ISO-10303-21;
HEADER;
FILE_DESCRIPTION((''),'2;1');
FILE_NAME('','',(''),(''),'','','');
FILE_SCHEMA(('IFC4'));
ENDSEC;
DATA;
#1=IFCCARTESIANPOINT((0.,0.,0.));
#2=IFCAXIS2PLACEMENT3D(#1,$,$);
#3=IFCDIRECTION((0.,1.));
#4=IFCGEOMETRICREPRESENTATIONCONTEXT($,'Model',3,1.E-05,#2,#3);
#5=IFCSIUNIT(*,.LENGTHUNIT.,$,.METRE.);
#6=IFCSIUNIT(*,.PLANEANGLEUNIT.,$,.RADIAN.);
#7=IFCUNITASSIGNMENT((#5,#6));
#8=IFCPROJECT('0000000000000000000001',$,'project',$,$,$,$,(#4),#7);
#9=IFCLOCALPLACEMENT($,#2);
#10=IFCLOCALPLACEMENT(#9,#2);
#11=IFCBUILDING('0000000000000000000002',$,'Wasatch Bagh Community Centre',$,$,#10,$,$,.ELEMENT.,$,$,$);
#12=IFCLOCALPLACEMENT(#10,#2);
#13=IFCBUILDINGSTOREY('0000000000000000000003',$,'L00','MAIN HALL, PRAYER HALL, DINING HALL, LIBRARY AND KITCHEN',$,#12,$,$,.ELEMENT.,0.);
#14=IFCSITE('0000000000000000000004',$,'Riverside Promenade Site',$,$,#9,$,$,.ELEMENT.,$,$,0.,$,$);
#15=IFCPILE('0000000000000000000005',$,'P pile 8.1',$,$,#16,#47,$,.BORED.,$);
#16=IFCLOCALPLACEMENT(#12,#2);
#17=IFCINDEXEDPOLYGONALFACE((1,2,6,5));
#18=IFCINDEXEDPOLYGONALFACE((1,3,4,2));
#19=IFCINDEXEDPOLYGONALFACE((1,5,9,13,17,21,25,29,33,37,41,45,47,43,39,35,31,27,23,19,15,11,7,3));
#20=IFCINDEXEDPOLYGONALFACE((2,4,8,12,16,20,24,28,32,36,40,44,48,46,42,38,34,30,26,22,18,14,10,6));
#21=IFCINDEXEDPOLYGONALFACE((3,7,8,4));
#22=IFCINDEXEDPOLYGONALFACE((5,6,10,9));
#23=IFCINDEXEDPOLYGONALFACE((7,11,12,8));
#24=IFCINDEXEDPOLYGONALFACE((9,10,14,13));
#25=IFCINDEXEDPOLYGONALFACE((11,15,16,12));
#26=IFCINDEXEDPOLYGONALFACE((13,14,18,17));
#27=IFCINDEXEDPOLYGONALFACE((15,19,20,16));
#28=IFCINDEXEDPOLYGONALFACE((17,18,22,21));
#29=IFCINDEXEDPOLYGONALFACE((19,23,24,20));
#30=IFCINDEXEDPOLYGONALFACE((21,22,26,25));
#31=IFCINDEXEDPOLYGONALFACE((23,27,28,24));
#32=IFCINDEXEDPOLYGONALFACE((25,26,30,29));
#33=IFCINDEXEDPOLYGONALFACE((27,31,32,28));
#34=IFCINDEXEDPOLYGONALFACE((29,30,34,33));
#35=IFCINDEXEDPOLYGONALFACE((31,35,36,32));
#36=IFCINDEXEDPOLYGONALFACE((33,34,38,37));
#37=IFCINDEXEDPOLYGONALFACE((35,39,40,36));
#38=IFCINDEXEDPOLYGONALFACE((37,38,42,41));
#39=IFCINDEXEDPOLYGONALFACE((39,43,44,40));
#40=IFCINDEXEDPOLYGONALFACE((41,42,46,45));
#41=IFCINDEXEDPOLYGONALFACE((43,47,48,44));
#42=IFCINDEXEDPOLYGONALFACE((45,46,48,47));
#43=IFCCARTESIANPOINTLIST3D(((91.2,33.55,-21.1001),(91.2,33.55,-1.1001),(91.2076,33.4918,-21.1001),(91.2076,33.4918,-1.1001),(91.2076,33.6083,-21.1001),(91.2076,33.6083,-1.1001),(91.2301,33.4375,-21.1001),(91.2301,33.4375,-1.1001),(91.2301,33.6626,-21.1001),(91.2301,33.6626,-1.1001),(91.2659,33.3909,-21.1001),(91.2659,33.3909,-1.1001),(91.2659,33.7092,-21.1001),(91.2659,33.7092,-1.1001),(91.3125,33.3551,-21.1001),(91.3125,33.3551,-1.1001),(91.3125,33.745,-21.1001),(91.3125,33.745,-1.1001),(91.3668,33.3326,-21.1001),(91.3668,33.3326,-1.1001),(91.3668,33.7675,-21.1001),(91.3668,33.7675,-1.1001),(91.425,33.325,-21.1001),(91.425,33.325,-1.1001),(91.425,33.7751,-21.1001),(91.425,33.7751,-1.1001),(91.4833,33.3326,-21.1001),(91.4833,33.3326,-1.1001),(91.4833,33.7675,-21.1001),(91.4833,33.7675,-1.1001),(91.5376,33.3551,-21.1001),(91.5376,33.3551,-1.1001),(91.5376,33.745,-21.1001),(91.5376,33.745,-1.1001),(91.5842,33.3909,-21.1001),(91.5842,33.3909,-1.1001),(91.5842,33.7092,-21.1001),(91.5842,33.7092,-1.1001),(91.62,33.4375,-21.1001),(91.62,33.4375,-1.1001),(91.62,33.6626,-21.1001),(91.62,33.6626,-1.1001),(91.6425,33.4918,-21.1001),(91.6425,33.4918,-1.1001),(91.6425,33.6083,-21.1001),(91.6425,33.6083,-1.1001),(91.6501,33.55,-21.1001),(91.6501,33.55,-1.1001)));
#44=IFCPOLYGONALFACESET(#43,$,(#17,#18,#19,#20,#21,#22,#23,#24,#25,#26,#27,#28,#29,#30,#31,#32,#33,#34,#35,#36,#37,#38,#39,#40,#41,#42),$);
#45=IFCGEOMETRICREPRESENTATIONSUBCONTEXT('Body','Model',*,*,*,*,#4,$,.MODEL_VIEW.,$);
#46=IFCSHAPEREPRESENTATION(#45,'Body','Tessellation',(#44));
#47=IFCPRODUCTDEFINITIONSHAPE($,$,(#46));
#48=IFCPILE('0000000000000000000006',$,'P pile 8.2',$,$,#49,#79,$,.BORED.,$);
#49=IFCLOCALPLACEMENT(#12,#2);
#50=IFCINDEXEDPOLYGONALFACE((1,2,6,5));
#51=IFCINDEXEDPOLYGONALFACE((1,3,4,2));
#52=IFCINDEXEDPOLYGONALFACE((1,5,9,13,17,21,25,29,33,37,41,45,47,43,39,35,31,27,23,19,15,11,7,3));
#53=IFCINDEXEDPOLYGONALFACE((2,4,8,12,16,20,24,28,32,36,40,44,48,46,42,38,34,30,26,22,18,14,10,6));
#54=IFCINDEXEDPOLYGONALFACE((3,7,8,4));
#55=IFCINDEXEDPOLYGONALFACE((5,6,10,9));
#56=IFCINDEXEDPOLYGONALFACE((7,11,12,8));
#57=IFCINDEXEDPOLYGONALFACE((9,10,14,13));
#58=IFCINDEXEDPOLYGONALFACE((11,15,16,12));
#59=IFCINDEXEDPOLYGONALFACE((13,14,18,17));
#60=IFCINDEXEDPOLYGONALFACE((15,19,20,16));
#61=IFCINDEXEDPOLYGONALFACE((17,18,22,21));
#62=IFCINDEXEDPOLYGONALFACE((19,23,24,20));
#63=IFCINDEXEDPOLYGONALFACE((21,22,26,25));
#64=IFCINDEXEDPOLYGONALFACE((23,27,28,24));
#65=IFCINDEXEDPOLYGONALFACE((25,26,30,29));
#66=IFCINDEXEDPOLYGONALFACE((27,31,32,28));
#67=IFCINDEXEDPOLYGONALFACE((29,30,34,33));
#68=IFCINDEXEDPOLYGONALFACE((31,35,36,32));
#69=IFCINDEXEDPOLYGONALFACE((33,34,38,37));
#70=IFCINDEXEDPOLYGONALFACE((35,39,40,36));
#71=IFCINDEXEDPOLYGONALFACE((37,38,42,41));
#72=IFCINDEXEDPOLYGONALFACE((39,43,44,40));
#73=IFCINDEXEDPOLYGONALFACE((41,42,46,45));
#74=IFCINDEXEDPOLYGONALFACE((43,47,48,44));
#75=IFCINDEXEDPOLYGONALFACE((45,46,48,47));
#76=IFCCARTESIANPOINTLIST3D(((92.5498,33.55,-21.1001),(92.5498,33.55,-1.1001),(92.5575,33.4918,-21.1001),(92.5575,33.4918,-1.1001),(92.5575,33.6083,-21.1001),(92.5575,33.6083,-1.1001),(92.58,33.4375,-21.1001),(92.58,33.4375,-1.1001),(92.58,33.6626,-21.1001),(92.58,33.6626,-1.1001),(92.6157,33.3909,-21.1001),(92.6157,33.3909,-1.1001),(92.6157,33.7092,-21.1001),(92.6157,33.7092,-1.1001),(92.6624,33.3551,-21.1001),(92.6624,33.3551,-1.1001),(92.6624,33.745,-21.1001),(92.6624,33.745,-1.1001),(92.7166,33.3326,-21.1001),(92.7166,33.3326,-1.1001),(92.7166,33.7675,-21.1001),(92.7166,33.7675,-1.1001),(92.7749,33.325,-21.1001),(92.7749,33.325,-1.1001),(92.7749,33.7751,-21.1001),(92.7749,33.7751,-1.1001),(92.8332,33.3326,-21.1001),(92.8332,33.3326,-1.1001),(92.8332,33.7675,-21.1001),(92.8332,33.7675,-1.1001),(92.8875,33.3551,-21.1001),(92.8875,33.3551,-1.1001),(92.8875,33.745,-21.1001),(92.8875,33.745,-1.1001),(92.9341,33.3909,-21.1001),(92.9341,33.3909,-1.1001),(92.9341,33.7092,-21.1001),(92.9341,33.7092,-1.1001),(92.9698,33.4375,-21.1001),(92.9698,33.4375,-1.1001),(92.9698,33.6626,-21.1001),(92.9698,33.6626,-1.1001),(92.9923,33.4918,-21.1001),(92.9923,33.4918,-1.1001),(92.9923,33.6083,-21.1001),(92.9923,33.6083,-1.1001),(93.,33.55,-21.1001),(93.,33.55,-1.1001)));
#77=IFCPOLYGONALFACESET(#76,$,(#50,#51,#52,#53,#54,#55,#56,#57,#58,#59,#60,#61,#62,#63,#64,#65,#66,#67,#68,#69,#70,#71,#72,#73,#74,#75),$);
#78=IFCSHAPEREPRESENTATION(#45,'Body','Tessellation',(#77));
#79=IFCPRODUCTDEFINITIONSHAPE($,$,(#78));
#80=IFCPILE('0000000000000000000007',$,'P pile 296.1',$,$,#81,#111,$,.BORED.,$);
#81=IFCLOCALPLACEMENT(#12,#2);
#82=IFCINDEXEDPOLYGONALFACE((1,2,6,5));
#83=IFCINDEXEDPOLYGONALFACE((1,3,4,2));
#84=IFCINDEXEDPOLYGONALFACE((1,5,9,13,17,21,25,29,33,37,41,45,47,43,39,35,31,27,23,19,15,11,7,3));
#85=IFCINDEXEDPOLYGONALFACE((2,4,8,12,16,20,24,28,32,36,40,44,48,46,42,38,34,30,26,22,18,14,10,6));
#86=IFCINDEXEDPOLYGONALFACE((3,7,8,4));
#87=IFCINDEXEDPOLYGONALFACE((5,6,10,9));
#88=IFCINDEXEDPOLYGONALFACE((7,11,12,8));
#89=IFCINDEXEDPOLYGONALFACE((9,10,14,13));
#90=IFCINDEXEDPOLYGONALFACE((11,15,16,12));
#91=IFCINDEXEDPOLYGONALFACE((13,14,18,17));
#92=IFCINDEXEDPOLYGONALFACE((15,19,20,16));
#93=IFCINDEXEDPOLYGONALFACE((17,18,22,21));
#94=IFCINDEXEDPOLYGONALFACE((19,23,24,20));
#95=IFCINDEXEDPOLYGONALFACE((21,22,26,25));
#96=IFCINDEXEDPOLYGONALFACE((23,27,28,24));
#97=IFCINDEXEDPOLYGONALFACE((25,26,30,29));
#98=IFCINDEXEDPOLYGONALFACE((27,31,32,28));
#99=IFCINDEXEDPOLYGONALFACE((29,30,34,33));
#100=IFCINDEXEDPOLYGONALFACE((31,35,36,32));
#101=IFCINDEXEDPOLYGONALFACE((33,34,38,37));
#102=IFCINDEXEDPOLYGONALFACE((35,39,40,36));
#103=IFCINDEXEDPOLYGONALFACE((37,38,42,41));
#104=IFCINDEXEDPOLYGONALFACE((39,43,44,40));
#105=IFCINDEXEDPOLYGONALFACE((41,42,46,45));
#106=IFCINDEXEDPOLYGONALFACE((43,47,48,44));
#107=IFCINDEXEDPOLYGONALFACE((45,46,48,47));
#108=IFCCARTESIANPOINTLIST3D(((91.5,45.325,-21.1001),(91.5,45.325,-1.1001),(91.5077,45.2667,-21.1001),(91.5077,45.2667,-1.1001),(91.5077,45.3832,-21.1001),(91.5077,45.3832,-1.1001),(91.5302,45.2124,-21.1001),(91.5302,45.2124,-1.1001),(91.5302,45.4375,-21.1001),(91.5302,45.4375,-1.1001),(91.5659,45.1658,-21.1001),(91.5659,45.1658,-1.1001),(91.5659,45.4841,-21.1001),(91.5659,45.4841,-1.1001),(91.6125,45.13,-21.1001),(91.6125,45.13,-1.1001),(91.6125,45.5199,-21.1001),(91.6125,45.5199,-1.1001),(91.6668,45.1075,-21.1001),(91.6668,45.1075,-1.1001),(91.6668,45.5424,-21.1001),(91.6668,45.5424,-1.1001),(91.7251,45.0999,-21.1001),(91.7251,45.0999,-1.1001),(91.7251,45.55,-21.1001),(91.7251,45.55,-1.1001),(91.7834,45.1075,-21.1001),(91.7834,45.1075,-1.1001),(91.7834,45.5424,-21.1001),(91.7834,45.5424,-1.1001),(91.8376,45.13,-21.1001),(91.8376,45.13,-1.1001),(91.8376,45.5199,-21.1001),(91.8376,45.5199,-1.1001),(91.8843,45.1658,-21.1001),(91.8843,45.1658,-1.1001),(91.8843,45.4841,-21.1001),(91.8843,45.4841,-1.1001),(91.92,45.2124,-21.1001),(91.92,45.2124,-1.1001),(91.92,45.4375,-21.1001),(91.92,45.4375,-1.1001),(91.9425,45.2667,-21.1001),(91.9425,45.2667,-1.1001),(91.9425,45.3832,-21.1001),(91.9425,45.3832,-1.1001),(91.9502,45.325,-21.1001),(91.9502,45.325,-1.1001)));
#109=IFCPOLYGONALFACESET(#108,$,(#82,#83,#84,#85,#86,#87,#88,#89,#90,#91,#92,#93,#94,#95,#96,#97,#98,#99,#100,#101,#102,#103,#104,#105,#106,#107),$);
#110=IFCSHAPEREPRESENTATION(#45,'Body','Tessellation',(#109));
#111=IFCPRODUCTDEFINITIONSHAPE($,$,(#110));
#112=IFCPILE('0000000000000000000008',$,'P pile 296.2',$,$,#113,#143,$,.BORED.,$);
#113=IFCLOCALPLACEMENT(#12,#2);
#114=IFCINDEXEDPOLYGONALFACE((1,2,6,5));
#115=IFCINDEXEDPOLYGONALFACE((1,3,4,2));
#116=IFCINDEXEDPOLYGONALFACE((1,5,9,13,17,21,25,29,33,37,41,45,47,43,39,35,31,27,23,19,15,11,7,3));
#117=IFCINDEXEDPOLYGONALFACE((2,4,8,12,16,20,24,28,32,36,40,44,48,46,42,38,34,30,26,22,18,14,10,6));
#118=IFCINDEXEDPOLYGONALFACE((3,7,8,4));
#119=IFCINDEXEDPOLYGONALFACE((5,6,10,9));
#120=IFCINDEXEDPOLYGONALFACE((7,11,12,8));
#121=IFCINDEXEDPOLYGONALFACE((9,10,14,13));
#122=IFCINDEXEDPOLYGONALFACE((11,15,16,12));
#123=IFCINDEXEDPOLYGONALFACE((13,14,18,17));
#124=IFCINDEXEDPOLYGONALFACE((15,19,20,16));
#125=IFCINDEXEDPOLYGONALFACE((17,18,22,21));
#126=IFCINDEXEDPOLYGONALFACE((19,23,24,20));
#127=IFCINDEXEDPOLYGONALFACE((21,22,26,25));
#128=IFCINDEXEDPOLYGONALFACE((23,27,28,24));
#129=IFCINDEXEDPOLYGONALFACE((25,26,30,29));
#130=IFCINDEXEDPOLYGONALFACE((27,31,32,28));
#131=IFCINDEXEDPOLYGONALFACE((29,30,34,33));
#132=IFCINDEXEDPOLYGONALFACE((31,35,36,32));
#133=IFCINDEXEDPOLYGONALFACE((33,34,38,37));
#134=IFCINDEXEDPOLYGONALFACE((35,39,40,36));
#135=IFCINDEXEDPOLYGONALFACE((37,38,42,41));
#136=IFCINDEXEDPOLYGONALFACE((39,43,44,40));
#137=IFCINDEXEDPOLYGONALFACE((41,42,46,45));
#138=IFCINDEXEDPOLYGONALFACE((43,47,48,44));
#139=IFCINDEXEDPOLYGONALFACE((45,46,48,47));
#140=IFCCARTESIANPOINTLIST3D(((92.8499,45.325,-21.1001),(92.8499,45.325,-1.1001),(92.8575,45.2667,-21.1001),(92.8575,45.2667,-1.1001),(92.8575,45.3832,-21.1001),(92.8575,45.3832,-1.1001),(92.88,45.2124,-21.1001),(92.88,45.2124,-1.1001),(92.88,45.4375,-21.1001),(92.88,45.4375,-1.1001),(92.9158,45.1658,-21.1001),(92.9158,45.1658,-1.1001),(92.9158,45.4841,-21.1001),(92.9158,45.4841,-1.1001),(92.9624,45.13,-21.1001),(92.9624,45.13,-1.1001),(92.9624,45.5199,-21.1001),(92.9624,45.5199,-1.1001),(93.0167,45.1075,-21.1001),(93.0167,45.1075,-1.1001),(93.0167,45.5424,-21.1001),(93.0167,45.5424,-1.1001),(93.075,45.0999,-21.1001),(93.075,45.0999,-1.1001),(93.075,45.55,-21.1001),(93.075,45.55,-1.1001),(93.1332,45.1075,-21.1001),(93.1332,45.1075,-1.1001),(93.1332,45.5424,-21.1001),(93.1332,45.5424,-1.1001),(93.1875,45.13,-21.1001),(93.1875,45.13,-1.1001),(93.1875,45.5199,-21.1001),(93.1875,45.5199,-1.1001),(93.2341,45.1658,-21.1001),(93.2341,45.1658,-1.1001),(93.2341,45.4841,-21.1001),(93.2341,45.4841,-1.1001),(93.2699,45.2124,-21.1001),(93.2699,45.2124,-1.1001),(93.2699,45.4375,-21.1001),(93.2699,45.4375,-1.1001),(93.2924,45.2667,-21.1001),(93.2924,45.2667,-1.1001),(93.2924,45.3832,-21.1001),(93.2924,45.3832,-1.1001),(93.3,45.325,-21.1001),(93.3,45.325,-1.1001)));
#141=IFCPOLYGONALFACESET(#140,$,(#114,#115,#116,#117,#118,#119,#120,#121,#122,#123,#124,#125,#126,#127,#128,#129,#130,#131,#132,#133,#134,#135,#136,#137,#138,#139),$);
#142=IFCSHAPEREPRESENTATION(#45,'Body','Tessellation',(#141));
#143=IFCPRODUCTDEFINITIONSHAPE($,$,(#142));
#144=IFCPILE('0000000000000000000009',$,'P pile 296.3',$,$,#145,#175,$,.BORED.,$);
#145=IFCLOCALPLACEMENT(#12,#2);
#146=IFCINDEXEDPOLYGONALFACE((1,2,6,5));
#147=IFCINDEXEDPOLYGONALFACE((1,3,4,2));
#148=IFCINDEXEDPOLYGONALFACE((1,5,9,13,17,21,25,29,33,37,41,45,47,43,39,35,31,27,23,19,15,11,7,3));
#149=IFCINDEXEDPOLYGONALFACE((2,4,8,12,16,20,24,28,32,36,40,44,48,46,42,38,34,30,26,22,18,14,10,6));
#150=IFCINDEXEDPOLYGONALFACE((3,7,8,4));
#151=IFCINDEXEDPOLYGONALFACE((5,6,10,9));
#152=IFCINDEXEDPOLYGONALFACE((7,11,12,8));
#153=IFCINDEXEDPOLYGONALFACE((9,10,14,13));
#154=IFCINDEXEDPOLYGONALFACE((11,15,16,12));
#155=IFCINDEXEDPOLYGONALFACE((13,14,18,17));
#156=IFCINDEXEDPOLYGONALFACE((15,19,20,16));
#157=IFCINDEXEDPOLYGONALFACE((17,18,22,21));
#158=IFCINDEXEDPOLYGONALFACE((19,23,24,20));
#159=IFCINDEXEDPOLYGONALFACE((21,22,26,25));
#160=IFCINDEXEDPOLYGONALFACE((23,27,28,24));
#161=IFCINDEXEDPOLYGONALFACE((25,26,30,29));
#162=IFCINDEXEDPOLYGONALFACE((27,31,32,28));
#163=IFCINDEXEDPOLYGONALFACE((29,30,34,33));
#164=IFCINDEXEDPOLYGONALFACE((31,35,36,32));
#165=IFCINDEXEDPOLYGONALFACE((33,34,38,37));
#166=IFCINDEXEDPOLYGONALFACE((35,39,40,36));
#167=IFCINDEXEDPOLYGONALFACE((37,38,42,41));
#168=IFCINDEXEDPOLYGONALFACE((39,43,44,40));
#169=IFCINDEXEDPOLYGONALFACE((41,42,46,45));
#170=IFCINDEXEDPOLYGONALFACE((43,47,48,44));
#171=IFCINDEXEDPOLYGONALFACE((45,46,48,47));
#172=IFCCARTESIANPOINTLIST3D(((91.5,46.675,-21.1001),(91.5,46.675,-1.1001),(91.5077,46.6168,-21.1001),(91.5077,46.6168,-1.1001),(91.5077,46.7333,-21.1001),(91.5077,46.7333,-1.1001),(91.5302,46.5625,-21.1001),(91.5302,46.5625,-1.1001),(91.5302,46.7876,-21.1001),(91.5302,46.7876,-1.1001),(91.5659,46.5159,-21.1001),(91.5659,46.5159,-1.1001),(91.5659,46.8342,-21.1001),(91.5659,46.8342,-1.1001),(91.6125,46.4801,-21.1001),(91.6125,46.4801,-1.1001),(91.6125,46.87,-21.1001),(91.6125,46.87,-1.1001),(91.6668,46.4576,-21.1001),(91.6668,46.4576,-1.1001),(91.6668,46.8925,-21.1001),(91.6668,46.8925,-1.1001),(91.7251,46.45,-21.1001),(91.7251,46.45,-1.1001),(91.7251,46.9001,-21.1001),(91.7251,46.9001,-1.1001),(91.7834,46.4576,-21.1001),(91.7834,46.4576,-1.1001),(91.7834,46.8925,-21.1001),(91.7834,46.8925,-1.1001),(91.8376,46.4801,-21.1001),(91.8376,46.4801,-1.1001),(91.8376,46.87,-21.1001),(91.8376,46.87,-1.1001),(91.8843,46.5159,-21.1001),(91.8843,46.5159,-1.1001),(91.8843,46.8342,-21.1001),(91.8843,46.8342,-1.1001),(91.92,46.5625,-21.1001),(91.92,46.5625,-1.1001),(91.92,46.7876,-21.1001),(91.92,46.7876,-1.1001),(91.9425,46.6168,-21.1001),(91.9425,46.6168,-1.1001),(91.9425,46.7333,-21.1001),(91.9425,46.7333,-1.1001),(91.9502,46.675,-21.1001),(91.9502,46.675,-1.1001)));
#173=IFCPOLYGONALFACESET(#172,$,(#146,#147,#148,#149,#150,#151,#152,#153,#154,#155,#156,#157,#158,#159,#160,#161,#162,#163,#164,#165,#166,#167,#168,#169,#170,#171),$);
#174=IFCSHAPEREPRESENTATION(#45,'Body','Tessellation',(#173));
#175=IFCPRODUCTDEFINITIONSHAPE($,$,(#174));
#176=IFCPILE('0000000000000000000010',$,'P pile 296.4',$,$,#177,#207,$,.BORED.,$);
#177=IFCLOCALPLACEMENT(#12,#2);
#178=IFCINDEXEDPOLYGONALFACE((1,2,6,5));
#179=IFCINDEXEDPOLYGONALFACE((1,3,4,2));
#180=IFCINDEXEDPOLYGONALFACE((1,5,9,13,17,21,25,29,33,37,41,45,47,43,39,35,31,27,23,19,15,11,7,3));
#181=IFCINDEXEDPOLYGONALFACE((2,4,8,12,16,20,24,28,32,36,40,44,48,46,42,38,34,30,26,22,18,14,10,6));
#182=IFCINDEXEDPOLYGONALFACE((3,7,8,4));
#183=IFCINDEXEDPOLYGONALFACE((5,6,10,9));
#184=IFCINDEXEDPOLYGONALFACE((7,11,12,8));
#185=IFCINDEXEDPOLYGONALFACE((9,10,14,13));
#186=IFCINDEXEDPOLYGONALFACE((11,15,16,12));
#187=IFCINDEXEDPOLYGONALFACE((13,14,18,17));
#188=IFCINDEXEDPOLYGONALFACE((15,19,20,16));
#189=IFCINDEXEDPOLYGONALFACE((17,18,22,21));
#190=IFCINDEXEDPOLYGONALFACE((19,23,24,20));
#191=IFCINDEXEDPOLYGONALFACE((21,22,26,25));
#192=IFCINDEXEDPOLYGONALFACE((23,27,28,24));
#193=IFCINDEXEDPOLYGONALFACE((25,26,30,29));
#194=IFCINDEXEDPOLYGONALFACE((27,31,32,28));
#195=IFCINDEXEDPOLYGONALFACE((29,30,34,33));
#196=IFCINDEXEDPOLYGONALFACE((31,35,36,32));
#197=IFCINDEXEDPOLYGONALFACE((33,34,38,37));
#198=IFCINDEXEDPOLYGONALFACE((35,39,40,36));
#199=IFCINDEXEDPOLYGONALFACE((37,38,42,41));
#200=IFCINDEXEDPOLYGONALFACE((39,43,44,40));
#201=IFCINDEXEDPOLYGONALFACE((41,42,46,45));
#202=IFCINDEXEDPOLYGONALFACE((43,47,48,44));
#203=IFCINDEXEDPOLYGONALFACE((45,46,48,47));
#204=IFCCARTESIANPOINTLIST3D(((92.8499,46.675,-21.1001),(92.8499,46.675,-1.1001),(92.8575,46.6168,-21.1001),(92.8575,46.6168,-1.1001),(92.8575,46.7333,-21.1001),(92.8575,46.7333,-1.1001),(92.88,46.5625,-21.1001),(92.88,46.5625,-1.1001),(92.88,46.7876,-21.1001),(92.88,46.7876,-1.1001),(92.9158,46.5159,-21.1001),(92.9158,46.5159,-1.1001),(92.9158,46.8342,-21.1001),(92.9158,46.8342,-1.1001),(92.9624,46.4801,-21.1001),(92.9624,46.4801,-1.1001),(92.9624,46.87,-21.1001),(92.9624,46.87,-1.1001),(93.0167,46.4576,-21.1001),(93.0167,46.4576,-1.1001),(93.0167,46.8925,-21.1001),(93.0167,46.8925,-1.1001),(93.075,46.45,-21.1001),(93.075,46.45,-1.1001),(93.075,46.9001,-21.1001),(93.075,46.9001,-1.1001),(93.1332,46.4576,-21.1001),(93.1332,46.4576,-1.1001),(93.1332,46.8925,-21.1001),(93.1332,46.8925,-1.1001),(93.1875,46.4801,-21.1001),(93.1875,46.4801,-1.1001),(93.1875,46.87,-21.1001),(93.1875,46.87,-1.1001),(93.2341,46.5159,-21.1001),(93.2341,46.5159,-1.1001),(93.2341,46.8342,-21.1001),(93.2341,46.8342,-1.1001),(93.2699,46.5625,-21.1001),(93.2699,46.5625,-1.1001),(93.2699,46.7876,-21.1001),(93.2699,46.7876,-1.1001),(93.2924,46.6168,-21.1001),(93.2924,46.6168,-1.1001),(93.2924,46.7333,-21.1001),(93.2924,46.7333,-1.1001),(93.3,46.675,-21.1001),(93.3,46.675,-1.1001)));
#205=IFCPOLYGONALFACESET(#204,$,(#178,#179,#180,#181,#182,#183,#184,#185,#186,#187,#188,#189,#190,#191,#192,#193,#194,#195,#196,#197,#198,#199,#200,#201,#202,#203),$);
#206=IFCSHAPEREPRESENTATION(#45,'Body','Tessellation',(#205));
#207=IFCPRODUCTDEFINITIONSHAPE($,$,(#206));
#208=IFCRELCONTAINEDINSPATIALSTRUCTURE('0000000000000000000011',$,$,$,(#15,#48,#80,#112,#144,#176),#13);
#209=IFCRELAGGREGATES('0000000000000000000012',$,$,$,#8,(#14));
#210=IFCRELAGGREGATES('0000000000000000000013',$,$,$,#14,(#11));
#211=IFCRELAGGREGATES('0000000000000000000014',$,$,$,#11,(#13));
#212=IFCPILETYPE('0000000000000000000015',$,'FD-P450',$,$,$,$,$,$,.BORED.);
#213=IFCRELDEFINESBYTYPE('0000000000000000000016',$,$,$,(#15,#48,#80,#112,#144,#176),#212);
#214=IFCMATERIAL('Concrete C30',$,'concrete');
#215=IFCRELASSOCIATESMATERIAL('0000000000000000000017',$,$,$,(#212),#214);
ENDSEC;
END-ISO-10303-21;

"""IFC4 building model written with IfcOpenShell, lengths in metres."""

from ifc_helpers import new_model, si_unit, direction, frame, origin, origin_2d, place, context, subcontext, project, spatial, circle, extrude, material, material_profile, profile_set, type_object, element, save


model = new_model("IFC4")

# Units and contexts
model_context = context("Model", 3, precision=1e-05, world=origin(), true_north=direction((0.0, 1.0)))
body_context = subcontext(model_context, "Body", "Model", "MODEL_VIEW")
ifc_project = project(units=[si_unit("LENGTHUNIT", "METRE"), si_unit("PLANEANGLEUNIT", "RADIAN")], contexts=[model_context])

# Site, building, storey
site_placement = place(None, origin())
site = spatial("IfcSite", under=ifc_project, at=site_placement, Name="Riverside Promenade Site", CompositionType="ELEMENT", RefElevation=0.0)
building_placement = place(site_placement, origin())
building = spatial("IfcBuilding", under=site, at=building_placement, Name="Wasatch Bagh Community Centre", CompositionType="ELEMENT")
storey_placement = place(building_placement, origin())
storey = spatial("IfcBuildingStorey", under=building, at=storey_placement, Name="L00", Description="MAIN HALL, PRAYER HALL, DINING HALL, LIBRARY AND KITCHEN", CompositionType="ELEMENT", Elevation=0.0)

# Piles
ifc_material_1 = material(Name="Concrete C30", Category="concrete")
ifc_material_profile_1 = material_profile(ifc_material_1, circle(Radius=0.2251, at=origin_2d()), Name="RC D450")
ifc_profile_set_1 = profile_set([ifc_material_profile_1], Name="Concrete C30")
pile_type = type_object("IfcPileType", Name="FD-P450", PredefinedType="BORED", material=ifc_profile_set_1)
for number, where, z_axis, x_axis, name in (
    (1, (91.425, 33.55, -1.1001), (0.0, 0.0, -1.0), (1.0, 0.0, 0.0), "P pile 8.1"),
    (2, (92.7749, 33.55, -1.1001), (0.0, 0.0, -1.0), (1.0, 0.0, 0.0), "P pile 8.2"),
    (3, (91.7251, 45.325, -1.1001), (0.0, 0.0, -1.0), (1.0, 0.0, 0.0), "P pile 296.1"),
    (4, (93.075, 45.325, -1.1001), (0.0, 0.0, -1.0), (1.0, 0.0, 0.0), "P pile 296.2"),
    (5, (91.7251, 46.675, -1.1001), (0.0, 0.0, -1.0), (1.0, 0.0, 0.0), "P pile 296.3"),
    (6, (93.075, 46.675, -1.1001), (0.0, 0.0, -1.0), (1.0, 0.0, 0.0), "P pile 296.4"),
):
    element("IfcPile", number, at=place(storey_placement, frame(where, z_axis=z_axis, x_axis=x_axis)), inside=storey, type_object=pile_type, Name=name, PredefinedType="BORED", context=body_context, shape_type="SweptSolid", body=[
        extrude(circle(Radius=0.2251, at=origin_2d()), origin(), (0.0, 0.0, 1.0), 20.0),
    ])

save(model, "model.ifc")
